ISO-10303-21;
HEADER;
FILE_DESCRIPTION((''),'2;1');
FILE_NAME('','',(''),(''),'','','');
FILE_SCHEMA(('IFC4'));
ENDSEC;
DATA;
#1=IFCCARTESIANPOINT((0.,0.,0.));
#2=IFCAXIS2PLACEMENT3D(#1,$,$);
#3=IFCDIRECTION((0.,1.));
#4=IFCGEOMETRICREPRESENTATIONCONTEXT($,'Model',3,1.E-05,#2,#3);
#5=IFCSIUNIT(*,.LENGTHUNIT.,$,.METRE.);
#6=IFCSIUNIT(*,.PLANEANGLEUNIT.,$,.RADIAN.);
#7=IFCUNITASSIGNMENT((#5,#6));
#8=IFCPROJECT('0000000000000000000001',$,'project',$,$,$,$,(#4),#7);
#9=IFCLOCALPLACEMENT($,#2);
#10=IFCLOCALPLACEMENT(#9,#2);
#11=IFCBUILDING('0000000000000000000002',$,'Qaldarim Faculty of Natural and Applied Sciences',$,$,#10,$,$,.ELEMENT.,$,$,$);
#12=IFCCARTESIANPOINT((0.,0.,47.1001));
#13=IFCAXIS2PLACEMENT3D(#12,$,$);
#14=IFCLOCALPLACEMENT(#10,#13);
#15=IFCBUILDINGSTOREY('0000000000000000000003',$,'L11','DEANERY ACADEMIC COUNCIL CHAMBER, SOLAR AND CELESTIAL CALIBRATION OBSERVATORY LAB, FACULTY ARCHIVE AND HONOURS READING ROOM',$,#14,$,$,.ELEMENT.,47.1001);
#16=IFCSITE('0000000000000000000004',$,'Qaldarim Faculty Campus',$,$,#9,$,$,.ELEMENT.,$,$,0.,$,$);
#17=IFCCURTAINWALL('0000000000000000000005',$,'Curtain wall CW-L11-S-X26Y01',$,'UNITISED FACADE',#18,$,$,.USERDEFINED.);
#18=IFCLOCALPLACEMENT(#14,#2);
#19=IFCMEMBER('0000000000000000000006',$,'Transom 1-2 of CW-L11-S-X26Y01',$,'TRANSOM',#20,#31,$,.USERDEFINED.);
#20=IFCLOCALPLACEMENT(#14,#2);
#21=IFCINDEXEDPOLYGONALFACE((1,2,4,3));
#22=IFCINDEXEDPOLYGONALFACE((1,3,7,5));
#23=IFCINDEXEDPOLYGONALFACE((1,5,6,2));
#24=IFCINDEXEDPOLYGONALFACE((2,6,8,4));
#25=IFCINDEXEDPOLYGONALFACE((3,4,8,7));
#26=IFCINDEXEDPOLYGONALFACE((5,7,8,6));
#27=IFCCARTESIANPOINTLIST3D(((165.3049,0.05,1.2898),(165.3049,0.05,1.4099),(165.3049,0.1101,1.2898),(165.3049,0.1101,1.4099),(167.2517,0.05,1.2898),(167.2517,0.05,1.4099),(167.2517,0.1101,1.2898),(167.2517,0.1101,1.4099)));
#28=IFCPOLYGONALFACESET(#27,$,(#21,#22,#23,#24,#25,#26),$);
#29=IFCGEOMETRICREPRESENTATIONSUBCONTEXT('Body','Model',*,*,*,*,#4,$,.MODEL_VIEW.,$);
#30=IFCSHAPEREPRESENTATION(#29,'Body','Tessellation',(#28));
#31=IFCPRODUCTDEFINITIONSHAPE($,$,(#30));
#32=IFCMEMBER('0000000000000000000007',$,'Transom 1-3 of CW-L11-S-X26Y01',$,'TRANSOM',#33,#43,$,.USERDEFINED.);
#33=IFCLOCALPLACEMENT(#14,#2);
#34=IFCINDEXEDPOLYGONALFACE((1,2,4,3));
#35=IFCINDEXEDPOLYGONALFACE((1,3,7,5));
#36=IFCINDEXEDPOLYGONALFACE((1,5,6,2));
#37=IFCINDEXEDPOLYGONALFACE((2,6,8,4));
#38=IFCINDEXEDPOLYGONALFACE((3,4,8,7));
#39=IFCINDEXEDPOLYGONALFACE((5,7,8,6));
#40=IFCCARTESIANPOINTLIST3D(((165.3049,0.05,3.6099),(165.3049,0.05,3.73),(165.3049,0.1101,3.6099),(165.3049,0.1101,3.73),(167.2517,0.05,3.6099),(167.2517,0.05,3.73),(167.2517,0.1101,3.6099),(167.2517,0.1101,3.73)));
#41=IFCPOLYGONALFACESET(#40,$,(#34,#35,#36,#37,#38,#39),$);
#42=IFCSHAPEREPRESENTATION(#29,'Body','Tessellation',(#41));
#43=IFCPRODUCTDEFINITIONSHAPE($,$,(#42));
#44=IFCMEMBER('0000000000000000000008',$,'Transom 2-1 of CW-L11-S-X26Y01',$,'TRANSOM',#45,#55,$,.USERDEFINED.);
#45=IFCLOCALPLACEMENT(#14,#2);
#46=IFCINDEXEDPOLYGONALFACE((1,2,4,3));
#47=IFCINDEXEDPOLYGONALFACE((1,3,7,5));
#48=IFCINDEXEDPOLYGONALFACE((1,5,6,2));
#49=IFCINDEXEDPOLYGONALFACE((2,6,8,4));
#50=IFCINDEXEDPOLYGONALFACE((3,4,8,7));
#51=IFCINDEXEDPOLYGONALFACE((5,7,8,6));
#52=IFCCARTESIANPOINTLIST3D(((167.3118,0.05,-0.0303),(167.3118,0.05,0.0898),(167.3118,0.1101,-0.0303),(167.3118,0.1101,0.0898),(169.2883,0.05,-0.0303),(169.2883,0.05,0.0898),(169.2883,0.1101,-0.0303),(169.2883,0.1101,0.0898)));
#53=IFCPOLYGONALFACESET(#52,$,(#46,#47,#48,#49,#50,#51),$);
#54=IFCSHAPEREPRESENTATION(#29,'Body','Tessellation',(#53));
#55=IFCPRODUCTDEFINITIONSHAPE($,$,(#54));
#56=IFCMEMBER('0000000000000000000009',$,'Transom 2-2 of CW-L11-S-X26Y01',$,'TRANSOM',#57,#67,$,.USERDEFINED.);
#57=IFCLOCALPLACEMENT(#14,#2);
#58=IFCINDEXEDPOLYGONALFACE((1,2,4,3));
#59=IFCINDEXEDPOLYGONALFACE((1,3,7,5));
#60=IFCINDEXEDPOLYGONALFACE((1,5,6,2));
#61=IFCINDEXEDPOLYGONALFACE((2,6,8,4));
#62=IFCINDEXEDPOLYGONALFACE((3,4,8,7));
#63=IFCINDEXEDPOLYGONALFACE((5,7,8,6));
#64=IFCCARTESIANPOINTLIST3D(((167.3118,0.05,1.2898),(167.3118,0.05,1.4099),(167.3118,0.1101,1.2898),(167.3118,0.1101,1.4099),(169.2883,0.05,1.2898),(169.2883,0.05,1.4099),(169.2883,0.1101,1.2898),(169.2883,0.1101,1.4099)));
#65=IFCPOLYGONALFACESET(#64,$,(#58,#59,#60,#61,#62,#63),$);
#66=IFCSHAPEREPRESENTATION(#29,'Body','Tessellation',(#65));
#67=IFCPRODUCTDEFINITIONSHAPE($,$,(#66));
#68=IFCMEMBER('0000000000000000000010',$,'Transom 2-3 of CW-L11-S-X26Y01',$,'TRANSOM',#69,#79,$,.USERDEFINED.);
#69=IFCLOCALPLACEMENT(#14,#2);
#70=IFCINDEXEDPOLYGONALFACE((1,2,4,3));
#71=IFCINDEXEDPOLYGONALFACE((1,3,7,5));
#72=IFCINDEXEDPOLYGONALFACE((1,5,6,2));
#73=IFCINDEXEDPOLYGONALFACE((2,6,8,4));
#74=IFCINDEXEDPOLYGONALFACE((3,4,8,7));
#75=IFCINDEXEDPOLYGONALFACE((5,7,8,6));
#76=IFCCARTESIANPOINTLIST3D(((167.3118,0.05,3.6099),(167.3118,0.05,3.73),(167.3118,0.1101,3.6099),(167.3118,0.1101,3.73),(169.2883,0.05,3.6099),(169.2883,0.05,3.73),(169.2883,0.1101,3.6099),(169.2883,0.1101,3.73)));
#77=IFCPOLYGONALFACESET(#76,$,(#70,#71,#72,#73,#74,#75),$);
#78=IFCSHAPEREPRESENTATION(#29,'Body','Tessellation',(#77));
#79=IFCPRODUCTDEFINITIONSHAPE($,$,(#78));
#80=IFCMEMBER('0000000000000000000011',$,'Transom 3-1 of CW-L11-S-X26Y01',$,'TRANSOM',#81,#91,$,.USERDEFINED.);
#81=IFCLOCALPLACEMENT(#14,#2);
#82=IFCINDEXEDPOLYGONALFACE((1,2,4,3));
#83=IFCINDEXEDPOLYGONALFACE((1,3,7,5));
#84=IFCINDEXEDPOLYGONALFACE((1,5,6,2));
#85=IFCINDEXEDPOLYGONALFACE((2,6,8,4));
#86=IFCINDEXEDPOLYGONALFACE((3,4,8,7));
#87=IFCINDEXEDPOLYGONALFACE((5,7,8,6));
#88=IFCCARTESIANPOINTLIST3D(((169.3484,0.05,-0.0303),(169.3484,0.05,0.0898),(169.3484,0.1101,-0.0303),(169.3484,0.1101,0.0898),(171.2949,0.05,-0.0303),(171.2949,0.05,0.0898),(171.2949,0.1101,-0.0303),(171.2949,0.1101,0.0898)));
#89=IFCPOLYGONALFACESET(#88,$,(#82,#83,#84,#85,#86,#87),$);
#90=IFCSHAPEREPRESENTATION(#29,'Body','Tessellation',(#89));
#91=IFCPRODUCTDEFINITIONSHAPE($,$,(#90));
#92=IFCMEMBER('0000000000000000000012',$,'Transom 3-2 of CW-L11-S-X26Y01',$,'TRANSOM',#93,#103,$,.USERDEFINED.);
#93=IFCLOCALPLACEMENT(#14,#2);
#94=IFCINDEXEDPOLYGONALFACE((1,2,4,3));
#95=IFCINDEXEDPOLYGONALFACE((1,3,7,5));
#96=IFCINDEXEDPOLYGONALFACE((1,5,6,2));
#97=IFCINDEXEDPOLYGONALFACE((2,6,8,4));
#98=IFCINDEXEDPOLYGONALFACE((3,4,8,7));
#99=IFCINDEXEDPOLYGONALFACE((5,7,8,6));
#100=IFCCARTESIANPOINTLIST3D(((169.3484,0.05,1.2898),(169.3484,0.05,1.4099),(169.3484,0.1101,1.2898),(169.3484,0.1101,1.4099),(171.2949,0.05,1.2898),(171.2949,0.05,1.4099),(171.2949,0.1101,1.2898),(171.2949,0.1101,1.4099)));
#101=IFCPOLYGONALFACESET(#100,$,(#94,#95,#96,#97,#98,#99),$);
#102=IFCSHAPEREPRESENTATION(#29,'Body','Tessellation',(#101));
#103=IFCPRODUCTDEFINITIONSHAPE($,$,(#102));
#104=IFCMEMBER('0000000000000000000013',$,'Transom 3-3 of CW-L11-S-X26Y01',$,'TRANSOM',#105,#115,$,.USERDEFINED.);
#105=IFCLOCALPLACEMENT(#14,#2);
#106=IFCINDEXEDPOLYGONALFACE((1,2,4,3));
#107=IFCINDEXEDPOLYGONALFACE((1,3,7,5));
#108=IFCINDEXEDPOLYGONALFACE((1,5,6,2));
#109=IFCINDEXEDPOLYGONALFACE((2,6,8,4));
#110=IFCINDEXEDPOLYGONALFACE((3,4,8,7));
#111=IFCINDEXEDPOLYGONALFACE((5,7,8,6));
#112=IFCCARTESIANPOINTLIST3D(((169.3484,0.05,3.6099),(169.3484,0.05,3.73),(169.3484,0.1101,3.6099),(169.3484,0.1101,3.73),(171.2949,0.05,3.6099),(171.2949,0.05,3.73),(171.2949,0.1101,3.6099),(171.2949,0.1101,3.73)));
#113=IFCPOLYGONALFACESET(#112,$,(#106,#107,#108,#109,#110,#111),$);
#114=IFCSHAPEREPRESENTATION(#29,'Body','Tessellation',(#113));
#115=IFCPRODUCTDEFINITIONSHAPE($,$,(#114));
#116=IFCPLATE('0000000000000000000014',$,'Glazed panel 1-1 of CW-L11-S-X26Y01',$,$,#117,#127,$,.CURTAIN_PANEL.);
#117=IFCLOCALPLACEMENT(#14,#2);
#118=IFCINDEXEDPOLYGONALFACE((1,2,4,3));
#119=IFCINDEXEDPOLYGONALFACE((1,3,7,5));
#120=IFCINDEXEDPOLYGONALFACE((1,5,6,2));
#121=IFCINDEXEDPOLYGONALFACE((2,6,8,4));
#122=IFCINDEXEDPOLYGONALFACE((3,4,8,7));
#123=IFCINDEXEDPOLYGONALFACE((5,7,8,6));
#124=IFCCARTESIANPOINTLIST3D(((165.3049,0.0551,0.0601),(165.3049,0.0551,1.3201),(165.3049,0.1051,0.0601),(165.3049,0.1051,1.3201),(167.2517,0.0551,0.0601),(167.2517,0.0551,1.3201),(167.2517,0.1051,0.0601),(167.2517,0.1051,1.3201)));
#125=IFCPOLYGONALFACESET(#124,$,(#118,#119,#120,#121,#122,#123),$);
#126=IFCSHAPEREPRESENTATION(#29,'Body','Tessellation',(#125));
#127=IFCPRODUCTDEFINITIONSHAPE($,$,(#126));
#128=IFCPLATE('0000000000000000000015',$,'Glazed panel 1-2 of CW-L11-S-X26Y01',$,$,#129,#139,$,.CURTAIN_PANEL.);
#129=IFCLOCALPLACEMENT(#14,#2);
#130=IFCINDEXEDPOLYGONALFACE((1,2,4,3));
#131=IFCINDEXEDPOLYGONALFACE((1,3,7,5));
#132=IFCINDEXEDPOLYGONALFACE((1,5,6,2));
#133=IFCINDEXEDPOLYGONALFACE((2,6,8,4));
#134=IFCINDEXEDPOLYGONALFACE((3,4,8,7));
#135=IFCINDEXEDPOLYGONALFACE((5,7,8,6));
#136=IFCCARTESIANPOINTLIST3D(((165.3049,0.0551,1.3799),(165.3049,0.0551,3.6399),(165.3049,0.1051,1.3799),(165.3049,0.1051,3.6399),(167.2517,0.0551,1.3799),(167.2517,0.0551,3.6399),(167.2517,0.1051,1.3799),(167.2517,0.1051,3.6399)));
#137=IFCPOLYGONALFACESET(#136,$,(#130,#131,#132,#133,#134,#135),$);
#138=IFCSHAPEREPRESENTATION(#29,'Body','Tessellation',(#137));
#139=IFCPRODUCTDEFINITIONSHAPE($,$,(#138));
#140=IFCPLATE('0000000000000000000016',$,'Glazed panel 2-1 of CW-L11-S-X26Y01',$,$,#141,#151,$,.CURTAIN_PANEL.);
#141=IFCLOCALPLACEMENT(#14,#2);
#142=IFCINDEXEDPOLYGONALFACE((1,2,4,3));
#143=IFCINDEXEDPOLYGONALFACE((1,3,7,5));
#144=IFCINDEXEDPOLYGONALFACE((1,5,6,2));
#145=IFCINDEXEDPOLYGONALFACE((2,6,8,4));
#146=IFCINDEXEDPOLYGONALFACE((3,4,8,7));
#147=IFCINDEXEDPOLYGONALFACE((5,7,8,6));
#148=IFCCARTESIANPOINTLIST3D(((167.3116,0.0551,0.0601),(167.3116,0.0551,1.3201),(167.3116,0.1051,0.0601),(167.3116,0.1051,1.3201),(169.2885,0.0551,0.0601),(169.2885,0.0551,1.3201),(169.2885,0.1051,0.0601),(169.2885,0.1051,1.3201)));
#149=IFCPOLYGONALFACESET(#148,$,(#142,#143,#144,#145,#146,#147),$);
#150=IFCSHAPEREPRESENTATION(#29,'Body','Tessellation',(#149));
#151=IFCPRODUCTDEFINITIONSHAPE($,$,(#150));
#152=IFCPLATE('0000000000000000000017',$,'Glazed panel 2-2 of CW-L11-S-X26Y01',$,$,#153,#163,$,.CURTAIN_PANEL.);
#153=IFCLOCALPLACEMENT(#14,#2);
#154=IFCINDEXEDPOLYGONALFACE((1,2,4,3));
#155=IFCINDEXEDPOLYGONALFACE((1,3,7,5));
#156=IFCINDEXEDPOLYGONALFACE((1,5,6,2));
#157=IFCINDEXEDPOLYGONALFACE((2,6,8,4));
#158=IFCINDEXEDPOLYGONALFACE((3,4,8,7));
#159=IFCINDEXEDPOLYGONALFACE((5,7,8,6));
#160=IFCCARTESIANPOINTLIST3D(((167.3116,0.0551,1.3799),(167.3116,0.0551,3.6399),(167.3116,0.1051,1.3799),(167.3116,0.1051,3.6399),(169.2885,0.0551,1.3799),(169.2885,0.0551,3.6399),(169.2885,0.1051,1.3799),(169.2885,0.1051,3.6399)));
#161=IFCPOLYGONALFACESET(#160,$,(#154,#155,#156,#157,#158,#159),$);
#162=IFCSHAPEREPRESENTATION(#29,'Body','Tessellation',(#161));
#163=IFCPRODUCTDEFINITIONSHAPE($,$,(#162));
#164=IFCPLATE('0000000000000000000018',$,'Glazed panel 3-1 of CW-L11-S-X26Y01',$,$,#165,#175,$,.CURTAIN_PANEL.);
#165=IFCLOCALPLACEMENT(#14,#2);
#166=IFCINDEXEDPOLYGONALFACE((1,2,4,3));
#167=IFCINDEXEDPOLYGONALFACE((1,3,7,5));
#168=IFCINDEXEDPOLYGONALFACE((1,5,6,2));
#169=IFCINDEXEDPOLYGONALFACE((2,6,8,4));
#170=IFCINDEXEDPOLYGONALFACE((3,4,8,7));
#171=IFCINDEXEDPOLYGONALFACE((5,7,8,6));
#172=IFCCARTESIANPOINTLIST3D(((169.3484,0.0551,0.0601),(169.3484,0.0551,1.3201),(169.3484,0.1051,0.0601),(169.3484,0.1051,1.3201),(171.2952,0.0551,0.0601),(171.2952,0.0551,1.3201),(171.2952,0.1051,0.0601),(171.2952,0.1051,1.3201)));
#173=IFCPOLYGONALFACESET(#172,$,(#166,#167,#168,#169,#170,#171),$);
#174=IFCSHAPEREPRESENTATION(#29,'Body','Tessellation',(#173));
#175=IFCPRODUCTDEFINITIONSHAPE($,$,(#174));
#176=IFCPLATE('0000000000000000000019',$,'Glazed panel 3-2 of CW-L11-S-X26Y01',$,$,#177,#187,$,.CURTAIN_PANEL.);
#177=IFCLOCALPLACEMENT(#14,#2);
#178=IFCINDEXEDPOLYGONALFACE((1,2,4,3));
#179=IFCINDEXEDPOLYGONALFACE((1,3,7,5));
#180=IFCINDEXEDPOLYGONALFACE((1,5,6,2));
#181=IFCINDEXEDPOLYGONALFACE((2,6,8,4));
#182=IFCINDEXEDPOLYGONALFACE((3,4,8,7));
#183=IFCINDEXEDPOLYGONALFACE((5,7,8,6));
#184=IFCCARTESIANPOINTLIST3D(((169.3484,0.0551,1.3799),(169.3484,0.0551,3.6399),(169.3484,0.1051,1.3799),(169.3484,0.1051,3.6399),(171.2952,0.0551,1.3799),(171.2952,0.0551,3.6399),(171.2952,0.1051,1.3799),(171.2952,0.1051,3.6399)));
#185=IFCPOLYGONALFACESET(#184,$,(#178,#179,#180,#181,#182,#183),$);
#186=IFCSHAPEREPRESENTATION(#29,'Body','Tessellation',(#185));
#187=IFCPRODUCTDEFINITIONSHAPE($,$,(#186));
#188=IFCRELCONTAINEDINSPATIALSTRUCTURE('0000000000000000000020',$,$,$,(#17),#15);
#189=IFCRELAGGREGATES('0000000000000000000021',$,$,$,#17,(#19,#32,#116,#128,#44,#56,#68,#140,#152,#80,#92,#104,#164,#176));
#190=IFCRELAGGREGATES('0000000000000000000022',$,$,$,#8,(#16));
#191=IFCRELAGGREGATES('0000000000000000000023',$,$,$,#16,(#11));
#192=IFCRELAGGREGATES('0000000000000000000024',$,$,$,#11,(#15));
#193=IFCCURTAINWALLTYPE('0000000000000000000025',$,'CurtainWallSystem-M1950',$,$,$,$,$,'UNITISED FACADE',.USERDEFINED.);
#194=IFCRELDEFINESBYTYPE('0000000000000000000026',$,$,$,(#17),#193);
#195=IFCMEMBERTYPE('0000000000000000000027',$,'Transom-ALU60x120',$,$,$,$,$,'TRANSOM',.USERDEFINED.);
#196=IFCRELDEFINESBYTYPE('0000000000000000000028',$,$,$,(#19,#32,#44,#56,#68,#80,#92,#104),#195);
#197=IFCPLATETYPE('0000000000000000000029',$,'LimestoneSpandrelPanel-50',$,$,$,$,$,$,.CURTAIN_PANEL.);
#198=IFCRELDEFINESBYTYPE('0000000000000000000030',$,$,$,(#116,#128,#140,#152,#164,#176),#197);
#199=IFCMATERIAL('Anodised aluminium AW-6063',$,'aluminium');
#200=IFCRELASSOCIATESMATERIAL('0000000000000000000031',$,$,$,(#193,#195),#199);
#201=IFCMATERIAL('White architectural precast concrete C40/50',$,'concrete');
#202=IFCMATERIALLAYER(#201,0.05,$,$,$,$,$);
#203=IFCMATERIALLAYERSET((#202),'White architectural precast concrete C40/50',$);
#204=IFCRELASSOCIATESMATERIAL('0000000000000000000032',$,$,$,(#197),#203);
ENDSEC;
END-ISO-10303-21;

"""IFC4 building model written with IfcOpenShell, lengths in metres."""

from ifc_helpers import new_model, si_unit, direction, frame, origin, origin_2d, place, context, subcontext, project, spatial, rectangle, extrude, material, layer, layer_set, material_profile, profile_set, type_object, element, aggregate, save


model = new_model("IFC4")

# Units and contexts
model_context = context("Model", 3, precision=1e-05, world=origin(), true_north=direction((0.0, 1.0)))
body_context = subcontext(model_context, "Body", "Model", "MODEL_VIEW")
ifc_project = project(units=[si_unit("LENGTHUNIT", "METRE"), si_unit("PLANEANGLEUNIT", "RADIAN")], contexts=[model_context])

# Site, building, storey
site_placement = place(None, origin())
site = spatial("IfcSite", under=ifc_project, at=site_placement, Name="Qaldarim Faculty Campus", CompositionType="ELEMENT", RefElevation=0.0)
building_placement = place(site_placement, origin())
building = spatial("IfcBuilding", under=site, at=building_placement, Name="Qaldarim Faculty of Natural and Applied Sciences", CompositionType="ELEMENT")
storey_placement = place(building_placement, frame((0.0, 0.0, 47.1001)))
storey = spatial("IfcBuildingStorey", under=building, at=storey_placement, Name="L11", Description="DEANERY ACADEMIC COUNCIL CHAMBER, SOLAR AND CELESTIAL CALIBRATION OBSERVATORY LAB, FACULTY ARCHIVE AND HONOURS READING ROOM", CompositionType="ELEMENT", Elevation=47.1001)

# Curtain wall
ifc_material_1 = material(Name="Anodised aluminium AW-6063", Category="aluminium")
curtain_wall_type = type_object("IfcCurtainWallType", Name="CurtainWallSystem-M1950", ElementType="UNITISED FACADE", PredefinedType="USERDEFINED", material=ifc_material_1)
curtain_wall_placement = place(storey_placement, origin())
curtain_wall = element("IfcCurtainWall", 1, at=curtain_wall_placement, inside=storey, type_object=curtain_wall_type, Name="Curtain wall CW-L11-S-X26Y01", ObjectType="UNITISED FACADE", PredefinedType="USERDEFINED")

# Members
ifc_material_profile_1 = material_profile(ifc_material_1, rectangle(XDim=0.0601, YDim=0.1201, at=origin_2d()), Name="ALU-T60x120")
ifc_profile_set_1 = profile_set([ifc_material_profile_1], Name="Anodised aluminium AW-6063")
member_type_1 = type_object("IfcMemberType", Name="Transom-ALU60x120", ElementType="TRANSOM", PredefinedType="USERDEFINED", material=ifc_profile_set_1)
member_1_placement = place(storey_placement, frame((165.3049, 0.0801, 1.3499), z_axis=(1.0, 0.0, 0.0), x_axis=(0.0, 1.0, 0.0)))
member_1 = element("IfcMember", 2, at=member_1_placement, type_object=member_type_1, Name="Transom 1-2 of CW-L11-S-X26Y01", ObjectType="TRANSOM", PredefinedType="USERDEFINED", context=body_context, shape_type="SweptSolid", body=[
    extrude(rectangle(XDim=0.0601, YDim=0.1201, at=origin_2d()), origin(), (0.0, 0.0, 1.0), 1.9468),
])
member_2_placement = place(storey_placement, frame((165.3049, 0.0801, 3.6699), z_axis=(1.0, 0.0, 0.0), x_axis=(0.0, 1.0, 0.0)))
member_2 = element("IfcMember", 3, at=member_2_placement, type_object=member_type_1, Name="Transom 1-3 of CW-L11-S-X26Y01", ObjectType="TRANSOM", PredefinedType="USERDEFINED", context=body_context, shape_type="SweptSolid", body=[
    extrude(rectangle(XDim=0.0601, YDim=0.1201, at=origin_2d()), origin(), (0.0, 0.0, 1.0), 1.9468),
])
member_3_placement = place(storey_placement, frame((167.3118, 0.0801, 0.0298), z_axis=(1.0, 0.0, 0.0), x_axis=(0.0, 1.0, 0.0)))
member_3 = element("IfcMember", 4, at=member_3_placement, type_object=member_type_1, Name="Transom 2-1 of CW-L11-S-X26Y01", ObjectType="TRANSOM", PredefinedType="USERDEFINED", context=body_context, shape_type="SweptSolid", body=[
    extrude(rectangle(XDim=0.0601, YDim=0.1201, at=origin_2d()), origin(), (0.0, 0.0, 1.0), 1.9766),
])
member_4_placement = place(storey_placement, frame((167.3118, 0.0801, 1.3499), z_axis=(1.0, 0.0, 0.0), x_axis=(0.0, 1.0, 0.0)))
member_4 = element("IfcMember", 5, at=member_4_placement, type_object=member_type_1, Name="Transom 2-2 of CW-L11-S-X26Y01", ObjectType="TRANSOM", PredefinedType="USERDEFINED", context=body_context, shape_type="SweptSolid", body=[
    extrude(rectangle(XDim=0.0601, YDim=0.1201, at=origin_2d()), origin(), (0.0, 0.0, 1.0), 1.9766),
])
member_5_placement = place(storey_placement, frame((167.3118, 0.0801, 3.6699), z_axis=(1.0, 0.0, 0.0), x_axis=(0.0, 1.0, 0.0)))
member_5 = element("IfcMember", 6, at=member_5_placement, type_object=member_type_1, Name="Transom 2-3 of CW-L11-S-X26Y01", ObjectType="TRANSOM", PredefinedType="USERDEFINED", context=body_context, shape_type="SweptSolid", body=[
    extrude(rectangle(XDim=0.0601, YDim=0.1201, at=origin_2d()), origin(), (0.0, 0.0, 1.0), 1.9766),
])
member_6_placement = place(storey_placement, frame((169.3484, 0.0801, 0.0298), z_axis=(1.0, 0.0, 0.0), x_axis=(0.0, 1.0, 0.0)))
member_6 = element("IfcMember", 7, at=member_6_placement, type_object=member_type_1, Name="Transom 3-1 of CW-L11-S-X26Y01", ObjectType="TRANSOM", PredefinedType="USERDEFINED", context=body_context, shape_type="SweptSolid", body=[
    extrude(rectangle(XDim=0.0601, YDim=0.1201, at=origin_2d()), origin(), (0.0, 0.0, 1.0), 1.9465),
])
member_7_placement = place(storey_placement, frame((169.3484, 0.0801, 1.3499), z_axis=(1.0, 0.0, 0.0), x_axis=(0.0, 1.0, 0.0)))
member_7 = element("IfcMember", 8, at=member_7_placement, type_object=member_type_1, Name="Transom 3-2 of CW-L11-S-X26Y01", ObjectType="TRANSOM", PredefinedType="USERDEFINED", context=body_context, shape_type="SweptSolid", body=[
    extrude(rectangle(XDim=0.0601, YDim=0.1201, at=origin_2d()), origin(), (0.0, 0.0, 1.0), 1.9465),
])
member_8_placement = place(storey_placement, frame((169.3484, 0.0801, 3.6699), z_axis=(1.0, 0.0, 0.0), x_axis=(0.0, 1.0, 0.0)))
member_8 = element("IfcMember", 9, at=member_8_placement, type_object=member_type_1, Name="Transom 3-3 of CW-L11-S-X26Y01", ObjectType="TRANSOM", PredefinedType="USERDEFINED", context=body_context, shape_type="SweptSolid", body=[
    extrude(rectangle(XDim=0.0601, YDim=0.1201, at=origin_2d()), origin(), (0.0, 0.0, 1.0), 1.9465),
])

# Plates
ifc_material_2 = material(Name="White architectural precast concrete C40/50", Category="concrete")
ifc_layer_1 = layer(ifc_material_2, 0.05)
ifc_layer_set_1 = layer_set([ifc_layer_1], Name="White architectural precast concrete C40/50")
plate_type = type_object("IfcPlateType", Name="LimestoneSpandrelPanel-50", PredefinedType="CURTAIN_PANEL", material=ifc_layer_set_1)
plate_1_placement = place(storey_placement, frame((166.2783, 0.0801, 0.0601), z_axis=(0.0, 0.0, 1.0), x_axis=(1.0, 0.0, 0.0)))
plate_1 = element("IfcPlate", 10, at=plate_1_placement, type_object=plate_type, Name="Glazed panel 1-1 of CW-L11-S-X26Y01", PredefinedType="CURTAIN_PANEL", context=body_context, shape_type="SweptSolid", body=[
    extrude(rectangle(XDim=1.9468, YDim=0.05, at=origin_2d()), origin(), (0.0, 0.0, 1.0), 1.26),
])
plate_2_placement = place(storey_placement, frame((166.2783, 0.0801, 1.3799), z_axis=(0.0, 0.0, 1.0), x_axis=(1.0, 0.0, 0.0)))
plate_2 = element("IfcPlate", 11, at=plate_2_placement, type_object=plate_type, Name="Glazed panel 1-2 of CW-L11-S-X26Y01", PredefinedType="CURTAIN_PANEL", context=body_context, shape_type="SweptSolid", body=[
    extrude(rectangle(XDim=1.9468, YDim=0.05, at=origin_2d()), origin(), (0.0, 0.0, 1.0), 2.26),
])
plate_3_placement = place(storey_placement, frame((168.3, 0.0801, 0.0601), z_axis=(0.0, 0.0, 1.0), x_axis=(1.0, 0.0, 0.0)))
plate_3 = element("IfcPlate", 12, at=plate_3_placement, type_object=plate_type, Name="Glazed panel 2-1 of CW-L11-S-X26Y01", PredefinedType="CURTAIN_PANEL", context=body_context, shape_type="SweptSolid", body=[
    extrude(rectangle(XDim=1.9768, YDim=0.05, at=origin_2d()), origin(), (0.0, 0.0, 1.0), 1.26),
])
plate_4_placement = place(storey_placement, frame((168.3, 0.0801, 1.3799), z_axis=(0.0, 0.0, 1.0), x_axis=(1.0, 0.0, 0.0)))
plate_4 = element("IfcPlate", 13, at=plate_4_placement, type_object=plate_type, Name="Glazed panel 2-2 of CW-L11-S-X26Y01", PredefinedType="CURTAIN_PANEL", context=body_context, shape_type="SweptSolid", body=[
    extrude(rectangle(XDim=1.9768, YDim=0.05, at=origin_2d()), origin(), (0.0, 0.0, 1.0), 2.26),
])
plate_5_placement = place(storey_placement, frame((170.3218, 0.0801, 0.0601), z_axis=(0.0, 0.0, 1.0), x_axis=(1.0, 0.0, 0.0)))
plate_5 = element("IfcPlate", 14, at=plate_5_placement, type_object=plate_type, Name="Glazed panel 3-1 of CW-L11-S-X26Y01", PredefinedType="CURTAIN_PANEL", context=body_context, shape_type="SweptSolid", body=[
    extrude(rectangle(XDim=1.9468, YDim=0.05, at=origin_2d()), origin(), (0.0, 0.0, 1.0), 1.26),
])
plate_6_placement = place(storey_placement, frame((170.3218, 0.0801, 1.3799), z_axis=(0.0, 0.0, 1.0), x_axis=(1.0, 0.0, 0.0)))
plate_6 = element("IfcPlate", 15, at=plate_6_placement, type_object=plate_type, Name="Glazed panel 3-2 of CW-L11-S-X26Y01", PredefinedType="CURTAIN_PANEL", context=body_context, shape_type="SweptSolid", body=[
    extrude(rectangle(XDim=1.9468, YDim=0.05, at=origin_2d()), origin(), (0.0, 0.0, 1.0), 2.26),
])
aggregate(curtain_wall, [member_1, member_2, plate_1, plate_2, member_3, member_4, member_5, plate_3, plate_4, member_6, member_7, member_8, plate_5, plate_6])

save(model, "model.ifc")
